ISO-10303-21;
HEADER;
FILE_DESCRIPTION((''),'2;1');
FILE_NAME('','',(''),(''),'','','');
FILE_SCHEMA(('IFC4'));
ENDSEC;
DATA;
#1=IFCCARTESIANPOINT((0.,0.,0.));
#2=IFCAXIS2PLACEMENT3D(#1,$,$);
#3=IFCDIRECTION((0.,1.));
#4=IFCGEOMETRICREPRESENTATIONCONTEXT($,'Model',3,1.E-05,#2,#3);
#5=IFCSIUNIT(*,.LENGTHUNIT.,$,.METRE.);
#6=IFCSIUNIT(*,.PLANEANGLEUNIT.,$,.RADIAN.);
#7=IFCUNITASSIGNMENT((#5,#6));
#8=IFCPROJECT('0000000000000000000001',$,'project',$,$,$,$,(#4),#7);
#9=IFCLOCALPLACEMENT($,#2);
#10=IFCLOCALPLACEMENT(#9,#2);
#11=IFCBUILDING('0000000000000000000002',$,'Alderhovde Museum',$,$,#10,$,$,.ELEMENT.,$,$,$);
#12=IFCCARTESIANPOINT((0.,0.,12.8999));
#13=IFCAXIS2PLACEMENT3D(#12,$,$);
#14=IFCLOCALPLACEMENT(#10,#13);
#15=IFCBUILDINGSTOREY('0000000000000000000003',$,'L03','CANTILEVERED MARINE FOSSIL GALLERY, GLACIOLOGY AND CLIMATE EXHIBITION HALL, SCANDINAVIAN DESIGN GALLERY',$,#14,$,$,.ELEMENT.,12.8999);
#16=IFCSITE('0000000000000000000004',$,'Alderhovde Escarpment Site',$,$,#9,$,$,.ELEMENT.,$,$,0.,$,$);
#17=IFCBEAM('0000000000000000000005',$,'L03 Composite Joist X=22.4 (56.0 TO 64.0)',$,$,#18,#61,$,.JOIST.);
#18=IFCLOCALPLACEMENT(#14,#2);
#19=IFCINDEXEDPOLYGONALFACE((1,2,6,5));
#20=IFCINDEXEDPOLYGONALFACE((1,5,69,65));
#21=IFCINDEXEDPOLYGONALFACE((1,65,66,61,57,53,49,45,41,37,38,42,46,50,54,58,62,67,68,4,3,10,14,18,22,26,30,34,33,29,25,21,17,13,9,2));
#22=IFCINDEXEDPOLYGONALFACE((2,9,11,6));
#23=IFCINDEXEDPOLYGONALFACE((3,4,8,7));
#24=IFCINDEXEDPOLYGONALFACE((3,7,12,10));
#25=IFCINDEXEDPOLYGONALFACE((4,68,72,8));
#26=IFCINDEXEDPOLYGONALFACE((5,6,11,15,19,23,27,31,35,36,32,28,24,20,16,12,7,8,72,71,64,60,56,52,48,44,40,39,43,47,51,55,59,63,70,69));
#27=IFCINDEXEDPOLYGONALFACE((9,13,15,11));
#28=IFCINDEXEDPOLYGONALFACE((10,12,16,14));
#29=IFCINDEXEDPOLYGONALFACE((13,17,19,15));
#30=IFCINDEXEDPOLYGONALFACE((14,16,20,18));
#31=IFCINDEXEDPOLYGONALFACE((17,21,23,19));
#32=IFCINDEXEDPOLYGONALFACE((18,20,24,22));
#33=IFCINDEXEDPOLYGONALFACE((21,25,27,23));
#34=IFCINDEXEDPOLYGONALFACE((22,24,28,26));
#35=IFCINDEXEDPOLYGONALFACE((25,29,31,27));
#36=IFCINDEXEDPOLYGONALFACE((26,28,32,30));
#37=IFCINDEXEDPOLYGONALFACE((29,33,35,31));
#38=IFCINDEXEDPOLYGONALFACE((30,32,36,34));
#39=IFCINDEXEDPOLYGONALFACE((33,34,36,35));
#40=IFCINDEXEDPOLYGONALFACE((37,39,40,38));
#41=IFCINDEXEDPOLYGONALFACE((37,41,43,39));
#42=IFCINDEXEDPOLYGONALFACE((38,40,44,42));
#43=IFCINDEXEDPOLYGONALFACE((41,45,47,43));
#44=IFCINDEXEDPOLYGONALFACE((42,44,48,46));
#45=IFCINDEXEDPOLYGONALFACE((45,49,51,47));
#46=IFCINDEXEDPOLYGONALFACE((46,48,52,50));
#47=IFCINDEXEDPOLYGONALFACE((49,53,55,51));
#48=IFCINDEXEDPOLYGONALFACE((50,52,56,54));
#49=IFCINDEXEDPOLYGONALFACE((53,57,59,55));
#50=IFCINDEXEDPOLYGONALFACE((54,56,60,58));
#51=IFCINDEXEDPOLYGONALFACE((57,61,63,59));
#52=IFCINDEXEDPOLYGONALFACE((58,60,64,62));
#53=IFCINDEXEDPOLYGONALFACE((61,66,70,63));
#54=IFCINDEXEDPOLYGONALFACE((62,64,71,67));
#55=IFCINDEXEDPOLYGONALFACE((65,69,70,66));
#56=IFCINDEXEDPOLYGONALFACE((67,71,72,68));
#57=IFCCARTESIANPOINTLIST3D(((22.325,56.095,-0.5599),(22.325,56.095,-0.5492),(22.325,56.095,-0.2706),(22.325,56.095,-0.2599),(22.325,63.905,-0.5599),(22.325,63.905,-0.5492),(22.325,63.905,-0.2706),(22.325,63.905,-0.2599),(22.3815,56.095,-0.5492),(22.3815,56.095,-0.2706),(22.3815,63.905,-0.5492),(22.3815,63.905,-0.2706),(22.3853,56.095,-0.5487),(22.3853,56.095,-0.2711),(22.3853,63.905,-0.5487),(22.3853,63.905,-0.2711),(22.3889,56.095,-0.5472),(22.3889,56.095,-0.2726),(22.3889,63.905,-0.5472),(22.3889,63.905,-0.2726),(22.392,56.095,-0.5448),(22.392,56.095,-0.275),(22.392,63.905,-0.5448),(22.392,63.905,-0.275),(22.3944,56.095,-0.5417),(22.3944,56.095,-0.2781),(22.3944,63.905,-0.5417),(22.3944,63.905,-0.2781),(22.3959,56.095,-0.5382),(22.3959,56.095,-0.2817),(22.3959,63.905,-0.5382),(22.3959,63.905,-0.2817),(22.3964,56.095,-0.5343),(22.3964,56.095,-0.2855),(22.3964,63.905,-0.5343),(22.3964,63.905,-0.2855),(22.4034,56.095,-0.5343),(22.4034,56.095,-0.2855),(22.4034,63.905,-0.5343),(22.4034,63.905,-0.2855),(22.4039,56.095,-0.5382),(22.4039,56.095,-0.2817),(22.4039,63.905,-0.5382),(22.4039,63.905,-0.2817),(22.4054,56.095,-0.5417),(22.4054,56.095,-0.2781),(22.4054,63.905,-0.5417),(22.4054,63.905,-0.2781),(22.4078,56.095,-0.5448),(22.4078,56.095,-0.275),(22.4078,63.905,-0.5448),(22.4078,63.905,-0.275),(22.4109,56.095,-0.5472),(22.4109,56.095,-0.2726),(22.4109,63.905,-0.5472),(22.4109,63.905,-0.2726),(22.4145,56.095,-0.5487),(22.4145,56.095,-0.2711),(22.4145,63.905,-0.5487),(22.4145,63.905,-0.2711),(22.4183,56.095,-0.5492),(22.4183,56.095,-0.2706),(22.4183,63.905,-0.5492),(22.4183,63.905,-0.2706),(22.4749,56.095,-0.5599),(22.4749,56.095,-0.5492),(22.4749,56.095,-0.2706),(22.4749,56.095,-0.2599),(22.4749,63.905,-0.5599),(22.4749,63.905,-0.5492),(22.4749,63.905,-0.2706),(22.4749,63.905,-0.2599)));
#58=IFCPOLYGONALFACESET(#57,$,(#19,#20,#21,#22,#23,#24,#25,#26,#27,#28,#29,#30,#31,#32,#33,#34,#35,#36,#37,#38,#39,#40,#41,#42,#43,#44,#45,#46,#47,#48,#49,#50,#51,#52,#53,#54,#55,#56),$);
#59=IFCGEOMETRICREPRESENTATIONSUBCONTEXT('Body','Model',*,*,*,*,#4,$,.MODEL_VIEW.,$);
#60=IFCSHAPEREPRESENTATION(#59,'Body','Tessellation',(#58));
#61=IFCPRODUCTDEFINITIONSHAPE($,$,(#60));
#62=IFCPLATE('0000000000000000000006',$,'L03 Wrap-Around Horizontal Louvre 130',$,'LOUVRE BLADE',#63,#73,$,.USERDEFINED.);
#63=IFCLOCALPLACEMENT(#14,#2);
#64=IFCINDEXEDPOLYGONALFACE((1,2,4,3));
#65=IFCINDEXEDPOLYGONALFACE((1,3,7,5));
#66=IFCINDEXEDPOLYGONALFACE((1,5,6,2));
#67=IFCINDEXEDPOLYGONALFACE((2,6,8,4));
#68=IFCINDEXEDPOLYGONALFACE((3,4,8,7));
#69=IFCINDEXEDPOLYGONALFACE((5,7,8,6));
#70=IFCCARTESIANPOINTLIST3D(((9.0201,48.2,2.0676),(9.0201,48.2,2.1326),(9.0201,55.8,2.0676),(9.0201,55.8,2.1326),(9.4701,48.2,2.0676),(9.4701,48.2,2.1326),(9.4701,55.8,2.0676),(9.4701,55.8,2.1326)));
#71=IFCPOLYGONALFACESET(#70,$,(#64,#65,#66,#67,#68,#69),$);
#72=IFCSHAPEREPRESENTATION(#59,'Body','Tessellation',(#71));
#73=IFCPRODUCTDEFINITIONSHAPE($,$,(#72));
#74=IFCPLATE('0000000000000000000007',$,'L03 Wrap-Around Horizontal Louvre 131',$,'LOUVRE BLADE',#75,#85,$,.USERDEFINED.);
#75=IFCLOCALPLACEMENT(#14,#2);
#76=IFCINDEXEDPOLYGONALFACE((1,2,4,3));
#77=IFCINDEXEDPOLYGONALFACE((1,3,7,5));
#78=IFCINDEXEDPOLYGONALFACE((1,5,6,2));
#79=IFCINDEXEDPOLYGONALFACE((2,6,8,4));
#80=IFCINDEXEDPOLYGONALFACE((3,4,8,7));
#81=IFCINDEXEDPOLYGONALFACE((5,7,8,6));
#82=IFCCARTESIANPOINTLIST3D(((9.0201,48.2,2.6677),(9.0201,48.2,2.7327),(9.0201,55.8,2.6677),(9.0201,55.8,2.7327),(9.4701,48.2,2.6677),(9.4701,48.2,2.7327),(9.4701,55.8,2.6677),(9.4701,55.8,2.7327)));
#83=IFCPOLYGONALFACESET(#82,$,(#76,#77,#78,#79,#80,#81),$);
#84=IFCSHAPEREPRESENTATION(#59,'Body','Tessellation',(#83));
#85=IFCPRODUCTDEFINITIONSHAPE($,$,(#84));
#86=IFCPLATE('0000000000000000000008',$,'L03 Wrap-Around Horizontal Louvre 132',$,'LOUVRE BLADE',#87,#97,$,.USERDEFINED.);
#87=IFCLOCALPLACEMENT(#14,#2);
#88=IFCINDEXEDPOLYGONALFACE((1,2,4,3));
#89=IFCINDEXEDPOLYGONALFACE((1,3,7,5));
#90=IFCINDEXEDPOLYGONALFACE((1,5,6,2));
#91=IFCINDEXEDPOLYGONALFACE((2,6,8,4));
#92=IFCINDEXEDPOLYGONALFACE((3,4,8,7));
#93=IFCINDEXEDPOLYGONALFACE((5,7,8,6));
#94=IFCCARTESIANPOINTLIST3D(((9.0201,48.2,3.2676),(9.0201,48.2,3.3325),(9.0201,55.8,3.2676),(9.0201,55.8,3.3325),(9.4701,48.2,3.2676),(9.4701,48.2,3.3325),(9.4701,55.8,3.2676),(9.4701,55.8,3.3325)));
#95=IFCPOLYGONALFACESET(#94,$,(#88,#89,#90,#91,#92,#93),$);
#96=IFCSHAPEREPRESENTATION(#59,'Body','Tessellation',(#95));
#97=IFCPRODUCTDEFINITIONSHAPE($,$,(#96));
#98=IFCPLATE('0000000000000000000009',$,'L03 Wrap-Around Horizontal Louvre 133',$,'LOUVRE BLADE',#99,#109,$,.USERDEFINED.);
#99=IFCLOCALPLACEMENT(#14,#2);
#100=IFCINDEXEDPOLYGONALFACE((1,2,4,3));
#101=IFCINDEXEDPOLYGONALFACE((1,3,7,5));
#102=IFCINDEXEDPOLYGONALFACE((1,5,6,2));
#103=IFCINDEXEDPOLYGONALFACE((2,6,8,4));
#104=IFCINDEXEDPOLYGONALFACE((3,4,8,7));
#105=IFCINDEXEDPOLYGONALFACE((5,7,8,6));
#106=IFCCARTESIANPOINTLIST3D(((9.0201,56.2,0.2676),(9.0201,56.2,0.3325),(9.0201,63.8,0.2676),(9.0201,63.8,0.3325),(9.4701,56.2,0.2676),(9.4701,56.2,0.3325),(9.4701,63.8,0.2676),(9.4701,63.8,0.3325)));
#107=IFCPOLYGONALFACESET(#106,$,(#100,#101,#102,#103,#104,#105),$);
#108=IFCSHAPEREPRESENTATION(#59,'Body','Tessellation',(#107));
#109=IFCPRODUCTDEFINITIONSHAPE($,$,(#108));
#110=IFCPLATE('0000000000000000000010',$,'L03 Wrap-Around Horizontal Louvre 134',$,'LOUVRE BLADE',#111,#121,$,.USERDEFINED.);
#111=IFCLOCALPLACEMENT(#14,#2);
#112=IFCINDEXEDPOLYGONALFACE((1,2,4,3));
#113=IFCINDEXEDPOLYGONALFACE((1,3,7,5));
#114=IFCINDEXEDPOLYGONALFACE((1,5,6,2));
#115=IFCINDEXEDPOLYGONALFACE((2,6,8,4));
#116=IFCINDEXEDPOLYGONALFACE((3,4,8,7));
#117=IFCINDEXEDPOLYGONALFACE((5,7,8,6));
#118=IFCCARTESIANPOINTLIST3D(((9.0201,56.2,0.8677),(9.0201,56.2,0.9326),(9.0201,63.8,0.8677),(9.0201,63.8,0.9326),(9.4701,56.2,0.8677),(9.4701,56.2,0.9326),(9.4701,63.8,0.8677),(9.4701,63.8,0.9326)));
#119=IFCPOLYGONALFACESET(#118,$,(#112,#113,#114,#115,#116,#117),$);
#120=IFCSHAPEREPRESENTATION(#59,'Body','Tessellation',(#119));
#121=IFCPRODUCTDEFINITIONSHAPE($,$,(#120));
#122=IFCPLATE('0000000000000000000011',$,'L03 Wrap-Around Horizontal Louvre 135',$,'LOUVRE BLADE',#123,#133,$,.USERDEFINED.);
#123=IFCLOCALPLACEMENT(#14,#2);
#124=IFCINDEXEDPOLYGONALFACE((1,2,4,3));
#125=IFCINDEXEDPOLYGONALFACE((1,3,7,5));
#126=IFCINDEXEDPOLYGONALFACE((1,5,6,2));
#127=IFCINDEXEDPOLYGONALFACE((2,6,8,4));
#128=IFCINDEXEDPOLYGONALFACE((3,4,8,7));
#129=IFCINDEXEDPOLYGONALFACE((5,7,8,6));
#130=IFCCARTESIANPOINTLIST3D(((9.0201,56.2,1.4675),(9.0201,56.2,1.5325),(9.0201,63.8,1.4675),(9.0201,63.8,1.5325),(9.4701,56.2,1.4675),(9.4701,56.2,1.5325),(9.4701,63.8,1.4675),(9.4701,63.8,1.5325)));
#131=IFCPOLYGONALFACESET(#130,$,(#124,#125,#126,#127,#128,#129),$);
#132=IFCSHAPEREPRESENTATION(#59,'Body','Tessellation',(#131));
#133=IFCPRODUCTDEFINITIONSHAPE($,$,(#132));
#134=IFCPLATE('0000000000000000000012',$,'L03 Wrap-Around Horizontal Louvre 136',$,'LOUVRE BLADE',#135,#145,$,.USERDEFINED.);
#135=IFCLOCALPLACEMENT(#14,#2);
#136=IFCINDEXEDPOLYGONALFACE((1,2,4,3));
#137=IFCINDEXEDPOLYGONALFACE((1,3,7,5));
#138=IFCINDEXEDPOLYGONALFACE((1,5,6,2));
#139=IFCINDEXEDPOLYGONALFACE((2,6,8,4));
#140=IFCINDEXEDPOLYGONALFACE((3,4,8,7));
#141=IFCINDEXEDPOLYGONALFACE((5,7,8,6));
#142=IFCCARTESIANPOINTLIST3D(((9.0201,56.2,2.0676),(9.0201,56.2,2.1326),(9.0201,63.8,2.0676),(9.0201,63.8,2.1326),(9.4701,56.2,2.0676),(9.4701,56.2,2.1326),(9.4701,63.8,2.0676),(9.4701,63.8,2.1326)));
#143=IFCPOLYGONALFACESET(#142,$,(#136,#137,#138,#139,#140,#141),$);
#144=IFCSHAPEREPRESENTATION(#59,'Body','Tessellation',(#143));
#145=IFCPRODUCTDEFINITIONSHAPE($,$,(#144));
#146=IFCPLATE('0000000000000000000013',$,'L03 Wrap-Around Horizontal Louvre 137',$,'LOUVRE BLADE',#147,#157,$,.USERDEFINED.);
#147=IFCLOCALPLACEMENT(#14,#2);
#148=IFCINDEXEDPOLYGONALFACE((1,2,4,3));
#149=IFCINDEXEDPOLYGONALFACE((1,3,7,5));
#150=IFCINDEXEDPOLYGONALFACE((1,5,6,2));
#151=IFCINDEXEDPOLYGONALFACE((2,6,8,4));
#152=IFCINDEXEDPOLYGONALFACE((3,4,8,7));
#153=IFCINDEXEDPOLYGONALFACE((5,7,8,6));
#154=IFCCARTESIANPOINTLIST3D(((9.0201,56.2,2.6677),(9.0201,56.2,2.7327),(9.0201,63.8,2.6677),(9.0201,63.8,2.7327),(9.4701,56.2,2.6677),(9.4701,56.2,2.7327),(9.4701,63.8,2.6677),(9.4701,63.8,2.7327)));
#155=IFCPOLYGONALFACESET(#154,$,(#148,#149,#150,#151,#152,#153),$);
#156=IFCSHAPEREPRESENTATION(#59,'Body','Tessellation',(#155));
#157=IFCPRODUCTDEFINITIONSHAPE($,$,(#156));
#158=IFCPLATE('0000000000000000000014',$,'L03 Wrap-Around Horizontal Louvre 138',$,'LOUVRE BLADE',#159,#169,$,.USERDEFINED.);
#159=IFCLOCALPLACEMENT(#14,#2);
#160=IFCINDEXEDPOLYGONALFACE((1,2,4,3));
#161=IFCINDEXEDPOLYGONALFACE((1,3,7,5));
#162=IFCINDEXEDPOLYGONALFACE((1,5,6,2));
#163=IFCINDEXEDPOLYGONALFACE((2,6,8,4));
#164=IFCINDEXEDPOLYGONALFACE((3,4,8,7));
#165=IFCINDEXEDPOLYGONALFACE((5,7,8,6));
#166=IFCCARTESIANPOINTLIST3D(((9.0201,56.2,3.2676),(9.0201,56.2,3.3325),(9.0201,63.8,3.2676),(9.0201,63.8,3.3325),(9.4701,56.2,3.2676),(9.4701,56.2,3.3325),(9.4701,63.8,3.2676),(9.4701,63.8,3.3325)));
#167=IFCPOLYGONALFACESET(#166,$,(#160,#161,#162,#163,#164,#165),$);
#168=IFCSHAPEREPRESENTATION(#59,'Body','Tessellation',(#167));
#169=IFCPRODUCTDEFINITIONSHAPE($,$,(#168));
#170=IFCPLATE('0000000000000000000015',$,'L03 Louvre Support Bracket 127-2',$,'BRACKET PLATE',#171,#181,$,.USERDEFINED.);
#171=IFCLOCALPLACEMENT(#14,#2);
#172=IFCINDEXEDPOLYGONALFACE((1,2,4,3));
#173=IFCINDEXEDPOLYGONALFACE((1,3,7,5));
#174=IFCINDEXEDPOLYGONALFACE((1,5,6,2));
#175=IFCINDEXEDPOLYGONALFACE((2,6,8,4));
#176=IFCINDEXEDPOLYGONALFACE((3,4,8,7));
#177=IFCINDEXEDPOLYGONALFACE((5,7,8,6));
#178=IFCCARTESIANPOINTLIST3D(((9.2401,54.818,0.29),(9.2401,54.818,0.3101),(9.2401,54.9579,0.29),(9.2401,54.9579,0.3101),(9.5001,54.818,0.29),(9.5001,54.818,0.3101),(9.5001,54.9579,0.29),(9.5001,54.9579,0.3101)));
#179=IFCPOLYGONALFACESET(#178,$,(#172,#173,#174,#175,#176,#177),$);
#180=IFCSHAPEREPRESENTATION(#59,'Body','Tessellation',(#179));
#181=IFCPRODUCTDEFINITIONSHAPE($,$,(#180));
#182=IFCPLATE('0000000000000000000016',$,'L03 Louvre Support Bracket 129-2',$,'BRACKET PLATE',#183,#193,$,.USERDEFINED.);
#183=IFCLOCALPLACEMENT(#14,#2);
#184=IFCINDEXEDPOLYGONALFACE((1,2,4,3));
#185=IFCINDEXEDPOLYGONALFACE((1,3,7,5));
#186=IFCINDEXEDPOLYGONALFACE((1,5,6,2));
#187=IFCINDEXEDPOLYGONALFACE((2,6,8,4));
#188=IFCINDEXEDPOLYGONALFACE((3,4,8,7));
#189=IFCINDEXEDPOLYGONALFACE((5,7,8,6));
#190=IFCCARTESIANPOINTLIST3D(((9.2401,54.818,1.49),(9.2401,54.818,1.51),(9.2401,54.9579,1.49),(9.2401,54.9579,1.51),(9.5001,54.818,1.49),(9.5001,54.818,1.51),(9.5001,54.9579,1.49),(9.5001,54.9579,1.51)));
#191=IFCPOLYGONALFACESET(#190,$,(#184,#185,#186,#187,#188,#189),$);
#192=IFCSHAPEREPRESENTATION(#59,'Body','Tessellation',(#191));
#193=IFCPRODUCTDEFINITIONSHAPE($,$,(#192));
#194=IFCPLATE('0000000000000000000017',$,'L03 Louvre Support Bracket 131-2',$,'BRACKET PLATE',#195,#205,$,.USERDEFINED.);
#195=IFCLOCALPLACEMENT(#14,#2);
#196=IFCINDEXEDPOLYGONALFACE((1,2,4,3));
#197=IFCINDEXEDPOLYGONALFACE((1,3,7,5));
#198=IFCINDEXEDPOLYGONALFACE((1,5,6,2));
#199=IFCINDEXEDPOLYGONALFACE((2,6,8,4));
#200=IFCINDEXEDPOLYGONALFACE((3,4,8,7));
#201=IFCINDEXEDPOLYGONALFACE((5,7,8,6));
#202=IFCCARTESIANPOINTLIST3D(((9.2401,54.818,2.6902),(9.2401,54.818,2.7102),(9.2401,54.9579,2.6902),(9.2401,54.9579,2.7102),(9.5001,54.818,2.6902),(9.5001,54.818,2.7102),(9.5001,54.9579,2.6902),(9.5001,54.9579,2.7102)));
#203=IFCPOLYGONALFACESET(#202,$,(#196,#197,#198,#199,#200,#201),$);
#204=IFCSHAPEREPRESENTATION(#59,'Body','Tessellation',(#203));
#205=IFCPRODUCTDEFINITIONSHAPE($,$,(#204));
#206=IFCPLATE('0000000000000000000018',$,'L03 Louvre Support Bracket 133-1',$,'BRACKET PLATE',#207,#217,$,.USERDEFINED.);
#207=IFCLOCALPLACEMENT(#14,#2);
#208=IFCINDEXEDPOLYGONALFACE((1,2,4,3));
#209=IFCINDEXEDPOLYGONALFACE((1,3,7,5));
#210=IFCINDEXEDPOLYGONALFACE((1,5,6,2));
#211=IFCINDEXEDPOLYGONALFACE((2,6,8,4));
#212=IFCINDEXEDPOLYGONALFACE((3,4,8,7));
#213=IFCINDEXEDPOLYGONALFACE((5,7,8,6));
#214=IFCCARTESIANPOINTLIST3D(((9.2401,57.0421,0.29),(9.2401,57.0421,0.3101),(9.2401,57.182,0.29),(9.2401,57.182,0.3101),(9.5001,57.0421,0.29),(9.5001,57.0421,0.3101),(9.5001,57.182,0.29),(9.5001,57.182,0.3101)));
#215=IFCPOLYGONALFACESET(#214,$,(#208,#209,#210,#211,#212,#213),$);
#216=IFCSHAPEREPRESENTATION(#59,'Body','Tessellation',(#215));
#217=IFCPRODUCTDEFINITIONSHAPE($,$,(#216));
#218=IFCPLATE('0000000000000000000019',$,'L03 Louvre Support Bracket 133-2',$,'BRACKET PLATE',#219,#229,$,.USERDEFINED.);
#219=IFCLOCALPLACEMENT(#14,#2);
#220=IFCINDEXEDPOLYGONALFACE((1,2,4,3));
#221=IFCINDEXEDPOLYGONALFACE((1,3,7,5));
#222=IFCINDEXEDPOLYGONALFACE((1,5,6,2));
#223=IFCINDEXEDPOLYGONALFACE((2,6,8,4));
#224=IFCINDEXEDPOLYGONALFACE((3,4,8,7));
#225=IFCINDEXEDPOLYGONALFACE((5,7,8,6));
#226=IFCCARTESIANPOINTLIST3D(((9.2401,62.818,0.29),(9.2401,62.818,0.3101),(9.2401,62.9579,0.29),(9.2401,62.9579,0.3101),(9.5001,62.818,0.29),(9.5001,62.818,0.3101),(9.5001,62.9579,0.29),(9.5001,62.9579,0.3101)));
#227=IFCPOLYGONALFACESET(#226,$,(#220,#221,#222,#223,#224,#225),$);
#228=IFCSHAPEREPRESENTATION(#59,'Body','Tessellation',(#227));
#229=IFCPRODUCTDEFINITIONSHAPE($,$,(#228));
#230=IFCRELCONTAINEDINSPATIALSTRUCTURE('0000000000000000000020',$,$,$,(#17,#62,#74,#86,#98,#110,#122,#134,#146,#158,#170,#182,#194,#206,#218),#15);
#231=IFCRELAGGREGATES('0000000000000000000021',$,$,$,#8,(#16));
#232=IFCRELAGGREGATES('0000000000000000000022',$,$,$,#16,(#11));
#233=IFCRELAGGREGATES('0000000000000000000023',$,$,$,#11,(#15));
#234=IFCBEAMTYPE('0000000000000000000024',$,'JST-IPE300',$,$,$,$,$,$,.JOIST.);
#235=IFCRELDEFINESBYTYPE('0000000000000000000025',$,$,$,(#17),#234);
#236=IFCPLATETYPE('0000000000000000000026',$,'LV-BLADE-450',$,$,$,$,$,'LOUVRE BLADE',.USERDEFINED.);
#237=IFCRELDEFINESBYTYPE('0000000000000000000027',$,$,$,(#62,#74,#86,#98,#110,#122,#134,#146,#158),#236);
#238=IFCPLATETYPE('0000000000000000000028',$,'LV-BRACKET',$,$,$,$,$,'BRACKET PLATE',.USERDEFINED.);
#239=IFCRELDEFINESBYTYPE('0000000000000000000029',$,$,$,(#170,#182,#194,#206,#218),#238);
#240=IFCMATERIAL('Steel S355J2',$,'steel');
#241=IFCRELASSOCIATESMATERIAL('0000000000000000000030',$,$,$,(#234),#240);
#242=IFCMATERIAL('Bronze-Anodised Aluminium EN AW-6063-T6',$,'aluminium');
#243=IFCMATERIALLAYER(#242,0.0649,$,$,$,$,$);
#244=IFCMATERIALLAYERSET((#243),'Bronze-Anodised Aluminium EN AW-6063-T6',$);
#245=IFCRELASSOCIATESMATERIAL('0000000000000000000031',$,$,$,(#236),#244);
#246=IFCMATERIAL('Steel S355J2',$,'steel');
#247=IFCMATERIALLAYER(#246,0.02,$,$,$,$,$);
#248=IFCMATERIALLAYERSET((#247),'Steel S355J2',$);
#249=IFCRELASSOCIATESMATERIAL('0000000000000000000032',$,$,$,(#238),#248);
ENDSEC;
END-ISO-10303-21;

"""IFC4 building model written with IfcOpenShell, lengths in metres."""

from ifc_helpers import new_model, si_unit, direction, frame, origin, origin_2d, place, context, subcontext, project, spatial, rectangle, i_section, extrude, material, layer, layer_set, material_profile, profile_set, type_object, element, save


model = new_model("IFC4")

# Units and contexts
model_context = context("Model", 3, precision=1e-05, world=origin(), true_north=direction((0.0, 1.0)))
body_context = subcontext(model_context, "Body", "Model", "MODEL_VIEW")
ifc_project = project(units=[si_unit("LENGTHUNIT", "METRE"), si_unit("PLANEANGLEUNIT", "RADIAN")], contexts=[model_context])

# Site, building, storey
site_placement = place(None, origin())
site = spatial("IfcSite", under=ifc_project, at=site_placement, Name="Alderhovde Escarpment Site", CompositionType="ELEMENT", RefElevation=0.0)
building_placement = place(site_placement, origin())
building = spatial("IfcBuilding", under=site, at=building_placement, Name="Alderhovde Museum", CompositionType="ELEMENT")
storey_placement = place(building_placement, frame((0.0, 0.0, 12.8999)))
storey = spatial("IfcBuildingStorey", under=building, at=storey_placement, Name="L03", Description="CANTILEVERED MARINE FOSSIL GALLERY, GLACIOLOGY AND CLIMATE EXHIBITION HALL, SCANDINAVIAN DESIGN GALLERY", CompositionType="ELEMENT", Elevation=12.8999)

# Beam
ifc_material_1 = material(Name="Steel S355J2", Category="steel")
ifc_material_profile_1 = material_profile(ifc_material_1, i_section(OverallWidth=0.1499, OverallDepth=0.3, WebThickness=0.0071, FlangeThickness=0.0107, FilletRadius=0.0149, at=origin_2d()), Name="IPE 300")
ifc_profile_set_1 = profile_set([ifc_material_profile_1], Name="Steel S355J2")
beam_type_1 = type_object("IfcBeamType", Name="JST-IPE300", PredefinedType="JOIST", material=ifc_profile_set_1)
for number, where, z_axis, x_axis, name in (
    (1, (22.3999, 56.095, -0.4099), (0.0, 1.0, 0.0), (-1.0, 0.0, 0.0), "L03 Composite Joist X=22.4 (56.0 TO 64.0)"),
):
    element("IfcBeam", number, at=place(storey_placement, frame(where, z_axis=z_axis, x_axis=x_axis)), inside=storey, type_object=beam_type_1, Name=name, PredefinedType="JOIST", context=body_context, shape_type="SweptSolid", body=[
        extrude(i_section(OverallWidth=0.1499, OverallDepth=0.3, WebThickness=0.0071, FlangeThickness=0.0107, FilletRadius=0.0149, at=origin_2d()), origin(), (0.0, 0.0, 1.0), 7.8101),
    ])

# Plates
ifc_material_2 = material(Name="Bronze-Anodised Aluminium EN AW-6063-T6", Category="aluminium")
ifc_layer_1 = layer(ifc_material_2, 0.0649)
ifc_layer_set_1 = layer_set([ifc_layer_1], Name="Bronze-Anodised Aluminium EN AW-6063-T6")
plate_type_1 = type_object("IfcPlateType", Name="LV-BLADE-450", ElementType="LOUVRE BLADE", PredefinedType="USERDEFINED", material=ifc_layer_set_1)
for number, where, z_axis, x_axis, name in (
    (2, (9.2451, 52.0, 2.0676), (0.0, 0.0, 1.0), (0.0, 1.0, 0.0), "L03 Wrap-Around Horizontal Louvre 130"),
    (3, (9.2451, 52.0, 2.6677), (0.0, 0.0, 1.0), (0.0, 1.0, 0.0), "L03 Wrap-Around Horizontal Louvre 131"),
    (4, (9.2451, 52.0, 3.2676), (0.0, 0.0, 1.0), (0.0, 1.0, 0.0), "L03 Wrap-Around Horizontal Louvre 132"),
    (5, (9.2451, 60.0, 0.2676), (0.0, 0.0, 1.0), (0.0, 1.0, 0.0), "L03 Wrap-Around Horizontal Louvre 133"),
    (6, (9.2451, 60.0, 0.8677), (0.0, 0.0, 1.0), (0.0, 1.0, 0.0), "L03 Wrap-Around Horizontal Louvre 134"),
    (7, (9.2451, 60.0, 1.4675), (0.0, 0.0, 1.0), (0.0, 1.0, 0.0), "L03 Wrap-Around Horizontal Louvre 135"),
    (8, (9.2451, 60.0, 2.0676), (0.0, 0.0, 1.0), (0.0, 1.0, 0.0), "L03 Wrap-Around Horizontal Louvre 136"),
    (9, (9.2451, 60.0, 2.6677), (0.0, 0.0, 1.0), (0.0, 1.0, 0.0), "L03 Wrap-Around Horizontal Louvre 137"),
    (10, (9.2451, 60.0, 3.2676), (0.0, 0.0, 1.0), (0.0, 1.0, 0.0), "L03 Wrap-Around Horizontal Louvre 138"),
):
    element("IfcPlate", number, at=place(storey_placement, frame(where, z_axis=z_axis, x_axis=x_axis)), inside=storey, type_object=plate_type_1, Name=name, ObjectType="LOUVRE BLADE", PredefinedType="USERDEFINED", context=body_context, shape_type="SweptSolid", body=[
        extrude(rectangle(XDim=7.6001, YDim=0.45, at=origin_2d()), origin(), (0.0, 0.0, 1.0), 0.0649),
    ])
ifc_material_3 = material(Name="Steel S355J2", Category="steel")
ifc_layer_2 = layer(ifc_material_3, 0.02)
ifc_layer_set_2 = layer_set([ifc_layer_2], Name="Steel S355J2")
plate_type_2 = type_object("IfcPlateType", Name="LV-BRACKET", ElementType="BRACKET PLATE", PredefinedType="USERDEFINED", material=ifc_layer_set_2)
for number, where, z_axis, x_axis, name in (
    (11, (9.3701, 54.8879, 0.29), (0.0, 0.0, 1.0), (0.0, 1.0, 0.0), "L03 Louvre Support Bracket 127-2"),
    (12, (9.3701, 54.8879, 1.49), (0.0, 0.0, 1.0), (0.0, 1.0, 0.0), "L03 Louvre Support Bracket 129-2"),
    (13, (9.3701, 54.8879, 2.6902), (0.0, 0.0, 1.0), (0.0, 1.0, 0.0), "L03 Louvre Support Bracket 131-2"),
    (14, (9.3701, 57.1121, 0.29), (0.0, 0.0, 1.0), (0.0, 1.0, 0.0), "L03 Louvre Support Bracket 133-1"),
    (15, (9.3701, 62.8879, 0.29), (0.0, 0.0, 1.0), (0.0, 1.0, 0.0), "L03 Louvre Support Bracket 133-2"),
):
    element("IfcPlate", number, at=place(storey_placement, frame(where, z_axis=z_axis, x_axis=x_axis)), inside=storey, type_object=plate_type_2, Name=name, ObjectType="BRACKET PLATE", PredefinedType="USERDEFINED", context=body_context, shape_type="SweptSolid", body=[
        extrude(rectangle(XDim=0.1399, YDim=0.26, at=origin_2d()), origin(), (0.0, 0.0, 1.0), 0.02),
    ])

save(model, "model.ifc")
